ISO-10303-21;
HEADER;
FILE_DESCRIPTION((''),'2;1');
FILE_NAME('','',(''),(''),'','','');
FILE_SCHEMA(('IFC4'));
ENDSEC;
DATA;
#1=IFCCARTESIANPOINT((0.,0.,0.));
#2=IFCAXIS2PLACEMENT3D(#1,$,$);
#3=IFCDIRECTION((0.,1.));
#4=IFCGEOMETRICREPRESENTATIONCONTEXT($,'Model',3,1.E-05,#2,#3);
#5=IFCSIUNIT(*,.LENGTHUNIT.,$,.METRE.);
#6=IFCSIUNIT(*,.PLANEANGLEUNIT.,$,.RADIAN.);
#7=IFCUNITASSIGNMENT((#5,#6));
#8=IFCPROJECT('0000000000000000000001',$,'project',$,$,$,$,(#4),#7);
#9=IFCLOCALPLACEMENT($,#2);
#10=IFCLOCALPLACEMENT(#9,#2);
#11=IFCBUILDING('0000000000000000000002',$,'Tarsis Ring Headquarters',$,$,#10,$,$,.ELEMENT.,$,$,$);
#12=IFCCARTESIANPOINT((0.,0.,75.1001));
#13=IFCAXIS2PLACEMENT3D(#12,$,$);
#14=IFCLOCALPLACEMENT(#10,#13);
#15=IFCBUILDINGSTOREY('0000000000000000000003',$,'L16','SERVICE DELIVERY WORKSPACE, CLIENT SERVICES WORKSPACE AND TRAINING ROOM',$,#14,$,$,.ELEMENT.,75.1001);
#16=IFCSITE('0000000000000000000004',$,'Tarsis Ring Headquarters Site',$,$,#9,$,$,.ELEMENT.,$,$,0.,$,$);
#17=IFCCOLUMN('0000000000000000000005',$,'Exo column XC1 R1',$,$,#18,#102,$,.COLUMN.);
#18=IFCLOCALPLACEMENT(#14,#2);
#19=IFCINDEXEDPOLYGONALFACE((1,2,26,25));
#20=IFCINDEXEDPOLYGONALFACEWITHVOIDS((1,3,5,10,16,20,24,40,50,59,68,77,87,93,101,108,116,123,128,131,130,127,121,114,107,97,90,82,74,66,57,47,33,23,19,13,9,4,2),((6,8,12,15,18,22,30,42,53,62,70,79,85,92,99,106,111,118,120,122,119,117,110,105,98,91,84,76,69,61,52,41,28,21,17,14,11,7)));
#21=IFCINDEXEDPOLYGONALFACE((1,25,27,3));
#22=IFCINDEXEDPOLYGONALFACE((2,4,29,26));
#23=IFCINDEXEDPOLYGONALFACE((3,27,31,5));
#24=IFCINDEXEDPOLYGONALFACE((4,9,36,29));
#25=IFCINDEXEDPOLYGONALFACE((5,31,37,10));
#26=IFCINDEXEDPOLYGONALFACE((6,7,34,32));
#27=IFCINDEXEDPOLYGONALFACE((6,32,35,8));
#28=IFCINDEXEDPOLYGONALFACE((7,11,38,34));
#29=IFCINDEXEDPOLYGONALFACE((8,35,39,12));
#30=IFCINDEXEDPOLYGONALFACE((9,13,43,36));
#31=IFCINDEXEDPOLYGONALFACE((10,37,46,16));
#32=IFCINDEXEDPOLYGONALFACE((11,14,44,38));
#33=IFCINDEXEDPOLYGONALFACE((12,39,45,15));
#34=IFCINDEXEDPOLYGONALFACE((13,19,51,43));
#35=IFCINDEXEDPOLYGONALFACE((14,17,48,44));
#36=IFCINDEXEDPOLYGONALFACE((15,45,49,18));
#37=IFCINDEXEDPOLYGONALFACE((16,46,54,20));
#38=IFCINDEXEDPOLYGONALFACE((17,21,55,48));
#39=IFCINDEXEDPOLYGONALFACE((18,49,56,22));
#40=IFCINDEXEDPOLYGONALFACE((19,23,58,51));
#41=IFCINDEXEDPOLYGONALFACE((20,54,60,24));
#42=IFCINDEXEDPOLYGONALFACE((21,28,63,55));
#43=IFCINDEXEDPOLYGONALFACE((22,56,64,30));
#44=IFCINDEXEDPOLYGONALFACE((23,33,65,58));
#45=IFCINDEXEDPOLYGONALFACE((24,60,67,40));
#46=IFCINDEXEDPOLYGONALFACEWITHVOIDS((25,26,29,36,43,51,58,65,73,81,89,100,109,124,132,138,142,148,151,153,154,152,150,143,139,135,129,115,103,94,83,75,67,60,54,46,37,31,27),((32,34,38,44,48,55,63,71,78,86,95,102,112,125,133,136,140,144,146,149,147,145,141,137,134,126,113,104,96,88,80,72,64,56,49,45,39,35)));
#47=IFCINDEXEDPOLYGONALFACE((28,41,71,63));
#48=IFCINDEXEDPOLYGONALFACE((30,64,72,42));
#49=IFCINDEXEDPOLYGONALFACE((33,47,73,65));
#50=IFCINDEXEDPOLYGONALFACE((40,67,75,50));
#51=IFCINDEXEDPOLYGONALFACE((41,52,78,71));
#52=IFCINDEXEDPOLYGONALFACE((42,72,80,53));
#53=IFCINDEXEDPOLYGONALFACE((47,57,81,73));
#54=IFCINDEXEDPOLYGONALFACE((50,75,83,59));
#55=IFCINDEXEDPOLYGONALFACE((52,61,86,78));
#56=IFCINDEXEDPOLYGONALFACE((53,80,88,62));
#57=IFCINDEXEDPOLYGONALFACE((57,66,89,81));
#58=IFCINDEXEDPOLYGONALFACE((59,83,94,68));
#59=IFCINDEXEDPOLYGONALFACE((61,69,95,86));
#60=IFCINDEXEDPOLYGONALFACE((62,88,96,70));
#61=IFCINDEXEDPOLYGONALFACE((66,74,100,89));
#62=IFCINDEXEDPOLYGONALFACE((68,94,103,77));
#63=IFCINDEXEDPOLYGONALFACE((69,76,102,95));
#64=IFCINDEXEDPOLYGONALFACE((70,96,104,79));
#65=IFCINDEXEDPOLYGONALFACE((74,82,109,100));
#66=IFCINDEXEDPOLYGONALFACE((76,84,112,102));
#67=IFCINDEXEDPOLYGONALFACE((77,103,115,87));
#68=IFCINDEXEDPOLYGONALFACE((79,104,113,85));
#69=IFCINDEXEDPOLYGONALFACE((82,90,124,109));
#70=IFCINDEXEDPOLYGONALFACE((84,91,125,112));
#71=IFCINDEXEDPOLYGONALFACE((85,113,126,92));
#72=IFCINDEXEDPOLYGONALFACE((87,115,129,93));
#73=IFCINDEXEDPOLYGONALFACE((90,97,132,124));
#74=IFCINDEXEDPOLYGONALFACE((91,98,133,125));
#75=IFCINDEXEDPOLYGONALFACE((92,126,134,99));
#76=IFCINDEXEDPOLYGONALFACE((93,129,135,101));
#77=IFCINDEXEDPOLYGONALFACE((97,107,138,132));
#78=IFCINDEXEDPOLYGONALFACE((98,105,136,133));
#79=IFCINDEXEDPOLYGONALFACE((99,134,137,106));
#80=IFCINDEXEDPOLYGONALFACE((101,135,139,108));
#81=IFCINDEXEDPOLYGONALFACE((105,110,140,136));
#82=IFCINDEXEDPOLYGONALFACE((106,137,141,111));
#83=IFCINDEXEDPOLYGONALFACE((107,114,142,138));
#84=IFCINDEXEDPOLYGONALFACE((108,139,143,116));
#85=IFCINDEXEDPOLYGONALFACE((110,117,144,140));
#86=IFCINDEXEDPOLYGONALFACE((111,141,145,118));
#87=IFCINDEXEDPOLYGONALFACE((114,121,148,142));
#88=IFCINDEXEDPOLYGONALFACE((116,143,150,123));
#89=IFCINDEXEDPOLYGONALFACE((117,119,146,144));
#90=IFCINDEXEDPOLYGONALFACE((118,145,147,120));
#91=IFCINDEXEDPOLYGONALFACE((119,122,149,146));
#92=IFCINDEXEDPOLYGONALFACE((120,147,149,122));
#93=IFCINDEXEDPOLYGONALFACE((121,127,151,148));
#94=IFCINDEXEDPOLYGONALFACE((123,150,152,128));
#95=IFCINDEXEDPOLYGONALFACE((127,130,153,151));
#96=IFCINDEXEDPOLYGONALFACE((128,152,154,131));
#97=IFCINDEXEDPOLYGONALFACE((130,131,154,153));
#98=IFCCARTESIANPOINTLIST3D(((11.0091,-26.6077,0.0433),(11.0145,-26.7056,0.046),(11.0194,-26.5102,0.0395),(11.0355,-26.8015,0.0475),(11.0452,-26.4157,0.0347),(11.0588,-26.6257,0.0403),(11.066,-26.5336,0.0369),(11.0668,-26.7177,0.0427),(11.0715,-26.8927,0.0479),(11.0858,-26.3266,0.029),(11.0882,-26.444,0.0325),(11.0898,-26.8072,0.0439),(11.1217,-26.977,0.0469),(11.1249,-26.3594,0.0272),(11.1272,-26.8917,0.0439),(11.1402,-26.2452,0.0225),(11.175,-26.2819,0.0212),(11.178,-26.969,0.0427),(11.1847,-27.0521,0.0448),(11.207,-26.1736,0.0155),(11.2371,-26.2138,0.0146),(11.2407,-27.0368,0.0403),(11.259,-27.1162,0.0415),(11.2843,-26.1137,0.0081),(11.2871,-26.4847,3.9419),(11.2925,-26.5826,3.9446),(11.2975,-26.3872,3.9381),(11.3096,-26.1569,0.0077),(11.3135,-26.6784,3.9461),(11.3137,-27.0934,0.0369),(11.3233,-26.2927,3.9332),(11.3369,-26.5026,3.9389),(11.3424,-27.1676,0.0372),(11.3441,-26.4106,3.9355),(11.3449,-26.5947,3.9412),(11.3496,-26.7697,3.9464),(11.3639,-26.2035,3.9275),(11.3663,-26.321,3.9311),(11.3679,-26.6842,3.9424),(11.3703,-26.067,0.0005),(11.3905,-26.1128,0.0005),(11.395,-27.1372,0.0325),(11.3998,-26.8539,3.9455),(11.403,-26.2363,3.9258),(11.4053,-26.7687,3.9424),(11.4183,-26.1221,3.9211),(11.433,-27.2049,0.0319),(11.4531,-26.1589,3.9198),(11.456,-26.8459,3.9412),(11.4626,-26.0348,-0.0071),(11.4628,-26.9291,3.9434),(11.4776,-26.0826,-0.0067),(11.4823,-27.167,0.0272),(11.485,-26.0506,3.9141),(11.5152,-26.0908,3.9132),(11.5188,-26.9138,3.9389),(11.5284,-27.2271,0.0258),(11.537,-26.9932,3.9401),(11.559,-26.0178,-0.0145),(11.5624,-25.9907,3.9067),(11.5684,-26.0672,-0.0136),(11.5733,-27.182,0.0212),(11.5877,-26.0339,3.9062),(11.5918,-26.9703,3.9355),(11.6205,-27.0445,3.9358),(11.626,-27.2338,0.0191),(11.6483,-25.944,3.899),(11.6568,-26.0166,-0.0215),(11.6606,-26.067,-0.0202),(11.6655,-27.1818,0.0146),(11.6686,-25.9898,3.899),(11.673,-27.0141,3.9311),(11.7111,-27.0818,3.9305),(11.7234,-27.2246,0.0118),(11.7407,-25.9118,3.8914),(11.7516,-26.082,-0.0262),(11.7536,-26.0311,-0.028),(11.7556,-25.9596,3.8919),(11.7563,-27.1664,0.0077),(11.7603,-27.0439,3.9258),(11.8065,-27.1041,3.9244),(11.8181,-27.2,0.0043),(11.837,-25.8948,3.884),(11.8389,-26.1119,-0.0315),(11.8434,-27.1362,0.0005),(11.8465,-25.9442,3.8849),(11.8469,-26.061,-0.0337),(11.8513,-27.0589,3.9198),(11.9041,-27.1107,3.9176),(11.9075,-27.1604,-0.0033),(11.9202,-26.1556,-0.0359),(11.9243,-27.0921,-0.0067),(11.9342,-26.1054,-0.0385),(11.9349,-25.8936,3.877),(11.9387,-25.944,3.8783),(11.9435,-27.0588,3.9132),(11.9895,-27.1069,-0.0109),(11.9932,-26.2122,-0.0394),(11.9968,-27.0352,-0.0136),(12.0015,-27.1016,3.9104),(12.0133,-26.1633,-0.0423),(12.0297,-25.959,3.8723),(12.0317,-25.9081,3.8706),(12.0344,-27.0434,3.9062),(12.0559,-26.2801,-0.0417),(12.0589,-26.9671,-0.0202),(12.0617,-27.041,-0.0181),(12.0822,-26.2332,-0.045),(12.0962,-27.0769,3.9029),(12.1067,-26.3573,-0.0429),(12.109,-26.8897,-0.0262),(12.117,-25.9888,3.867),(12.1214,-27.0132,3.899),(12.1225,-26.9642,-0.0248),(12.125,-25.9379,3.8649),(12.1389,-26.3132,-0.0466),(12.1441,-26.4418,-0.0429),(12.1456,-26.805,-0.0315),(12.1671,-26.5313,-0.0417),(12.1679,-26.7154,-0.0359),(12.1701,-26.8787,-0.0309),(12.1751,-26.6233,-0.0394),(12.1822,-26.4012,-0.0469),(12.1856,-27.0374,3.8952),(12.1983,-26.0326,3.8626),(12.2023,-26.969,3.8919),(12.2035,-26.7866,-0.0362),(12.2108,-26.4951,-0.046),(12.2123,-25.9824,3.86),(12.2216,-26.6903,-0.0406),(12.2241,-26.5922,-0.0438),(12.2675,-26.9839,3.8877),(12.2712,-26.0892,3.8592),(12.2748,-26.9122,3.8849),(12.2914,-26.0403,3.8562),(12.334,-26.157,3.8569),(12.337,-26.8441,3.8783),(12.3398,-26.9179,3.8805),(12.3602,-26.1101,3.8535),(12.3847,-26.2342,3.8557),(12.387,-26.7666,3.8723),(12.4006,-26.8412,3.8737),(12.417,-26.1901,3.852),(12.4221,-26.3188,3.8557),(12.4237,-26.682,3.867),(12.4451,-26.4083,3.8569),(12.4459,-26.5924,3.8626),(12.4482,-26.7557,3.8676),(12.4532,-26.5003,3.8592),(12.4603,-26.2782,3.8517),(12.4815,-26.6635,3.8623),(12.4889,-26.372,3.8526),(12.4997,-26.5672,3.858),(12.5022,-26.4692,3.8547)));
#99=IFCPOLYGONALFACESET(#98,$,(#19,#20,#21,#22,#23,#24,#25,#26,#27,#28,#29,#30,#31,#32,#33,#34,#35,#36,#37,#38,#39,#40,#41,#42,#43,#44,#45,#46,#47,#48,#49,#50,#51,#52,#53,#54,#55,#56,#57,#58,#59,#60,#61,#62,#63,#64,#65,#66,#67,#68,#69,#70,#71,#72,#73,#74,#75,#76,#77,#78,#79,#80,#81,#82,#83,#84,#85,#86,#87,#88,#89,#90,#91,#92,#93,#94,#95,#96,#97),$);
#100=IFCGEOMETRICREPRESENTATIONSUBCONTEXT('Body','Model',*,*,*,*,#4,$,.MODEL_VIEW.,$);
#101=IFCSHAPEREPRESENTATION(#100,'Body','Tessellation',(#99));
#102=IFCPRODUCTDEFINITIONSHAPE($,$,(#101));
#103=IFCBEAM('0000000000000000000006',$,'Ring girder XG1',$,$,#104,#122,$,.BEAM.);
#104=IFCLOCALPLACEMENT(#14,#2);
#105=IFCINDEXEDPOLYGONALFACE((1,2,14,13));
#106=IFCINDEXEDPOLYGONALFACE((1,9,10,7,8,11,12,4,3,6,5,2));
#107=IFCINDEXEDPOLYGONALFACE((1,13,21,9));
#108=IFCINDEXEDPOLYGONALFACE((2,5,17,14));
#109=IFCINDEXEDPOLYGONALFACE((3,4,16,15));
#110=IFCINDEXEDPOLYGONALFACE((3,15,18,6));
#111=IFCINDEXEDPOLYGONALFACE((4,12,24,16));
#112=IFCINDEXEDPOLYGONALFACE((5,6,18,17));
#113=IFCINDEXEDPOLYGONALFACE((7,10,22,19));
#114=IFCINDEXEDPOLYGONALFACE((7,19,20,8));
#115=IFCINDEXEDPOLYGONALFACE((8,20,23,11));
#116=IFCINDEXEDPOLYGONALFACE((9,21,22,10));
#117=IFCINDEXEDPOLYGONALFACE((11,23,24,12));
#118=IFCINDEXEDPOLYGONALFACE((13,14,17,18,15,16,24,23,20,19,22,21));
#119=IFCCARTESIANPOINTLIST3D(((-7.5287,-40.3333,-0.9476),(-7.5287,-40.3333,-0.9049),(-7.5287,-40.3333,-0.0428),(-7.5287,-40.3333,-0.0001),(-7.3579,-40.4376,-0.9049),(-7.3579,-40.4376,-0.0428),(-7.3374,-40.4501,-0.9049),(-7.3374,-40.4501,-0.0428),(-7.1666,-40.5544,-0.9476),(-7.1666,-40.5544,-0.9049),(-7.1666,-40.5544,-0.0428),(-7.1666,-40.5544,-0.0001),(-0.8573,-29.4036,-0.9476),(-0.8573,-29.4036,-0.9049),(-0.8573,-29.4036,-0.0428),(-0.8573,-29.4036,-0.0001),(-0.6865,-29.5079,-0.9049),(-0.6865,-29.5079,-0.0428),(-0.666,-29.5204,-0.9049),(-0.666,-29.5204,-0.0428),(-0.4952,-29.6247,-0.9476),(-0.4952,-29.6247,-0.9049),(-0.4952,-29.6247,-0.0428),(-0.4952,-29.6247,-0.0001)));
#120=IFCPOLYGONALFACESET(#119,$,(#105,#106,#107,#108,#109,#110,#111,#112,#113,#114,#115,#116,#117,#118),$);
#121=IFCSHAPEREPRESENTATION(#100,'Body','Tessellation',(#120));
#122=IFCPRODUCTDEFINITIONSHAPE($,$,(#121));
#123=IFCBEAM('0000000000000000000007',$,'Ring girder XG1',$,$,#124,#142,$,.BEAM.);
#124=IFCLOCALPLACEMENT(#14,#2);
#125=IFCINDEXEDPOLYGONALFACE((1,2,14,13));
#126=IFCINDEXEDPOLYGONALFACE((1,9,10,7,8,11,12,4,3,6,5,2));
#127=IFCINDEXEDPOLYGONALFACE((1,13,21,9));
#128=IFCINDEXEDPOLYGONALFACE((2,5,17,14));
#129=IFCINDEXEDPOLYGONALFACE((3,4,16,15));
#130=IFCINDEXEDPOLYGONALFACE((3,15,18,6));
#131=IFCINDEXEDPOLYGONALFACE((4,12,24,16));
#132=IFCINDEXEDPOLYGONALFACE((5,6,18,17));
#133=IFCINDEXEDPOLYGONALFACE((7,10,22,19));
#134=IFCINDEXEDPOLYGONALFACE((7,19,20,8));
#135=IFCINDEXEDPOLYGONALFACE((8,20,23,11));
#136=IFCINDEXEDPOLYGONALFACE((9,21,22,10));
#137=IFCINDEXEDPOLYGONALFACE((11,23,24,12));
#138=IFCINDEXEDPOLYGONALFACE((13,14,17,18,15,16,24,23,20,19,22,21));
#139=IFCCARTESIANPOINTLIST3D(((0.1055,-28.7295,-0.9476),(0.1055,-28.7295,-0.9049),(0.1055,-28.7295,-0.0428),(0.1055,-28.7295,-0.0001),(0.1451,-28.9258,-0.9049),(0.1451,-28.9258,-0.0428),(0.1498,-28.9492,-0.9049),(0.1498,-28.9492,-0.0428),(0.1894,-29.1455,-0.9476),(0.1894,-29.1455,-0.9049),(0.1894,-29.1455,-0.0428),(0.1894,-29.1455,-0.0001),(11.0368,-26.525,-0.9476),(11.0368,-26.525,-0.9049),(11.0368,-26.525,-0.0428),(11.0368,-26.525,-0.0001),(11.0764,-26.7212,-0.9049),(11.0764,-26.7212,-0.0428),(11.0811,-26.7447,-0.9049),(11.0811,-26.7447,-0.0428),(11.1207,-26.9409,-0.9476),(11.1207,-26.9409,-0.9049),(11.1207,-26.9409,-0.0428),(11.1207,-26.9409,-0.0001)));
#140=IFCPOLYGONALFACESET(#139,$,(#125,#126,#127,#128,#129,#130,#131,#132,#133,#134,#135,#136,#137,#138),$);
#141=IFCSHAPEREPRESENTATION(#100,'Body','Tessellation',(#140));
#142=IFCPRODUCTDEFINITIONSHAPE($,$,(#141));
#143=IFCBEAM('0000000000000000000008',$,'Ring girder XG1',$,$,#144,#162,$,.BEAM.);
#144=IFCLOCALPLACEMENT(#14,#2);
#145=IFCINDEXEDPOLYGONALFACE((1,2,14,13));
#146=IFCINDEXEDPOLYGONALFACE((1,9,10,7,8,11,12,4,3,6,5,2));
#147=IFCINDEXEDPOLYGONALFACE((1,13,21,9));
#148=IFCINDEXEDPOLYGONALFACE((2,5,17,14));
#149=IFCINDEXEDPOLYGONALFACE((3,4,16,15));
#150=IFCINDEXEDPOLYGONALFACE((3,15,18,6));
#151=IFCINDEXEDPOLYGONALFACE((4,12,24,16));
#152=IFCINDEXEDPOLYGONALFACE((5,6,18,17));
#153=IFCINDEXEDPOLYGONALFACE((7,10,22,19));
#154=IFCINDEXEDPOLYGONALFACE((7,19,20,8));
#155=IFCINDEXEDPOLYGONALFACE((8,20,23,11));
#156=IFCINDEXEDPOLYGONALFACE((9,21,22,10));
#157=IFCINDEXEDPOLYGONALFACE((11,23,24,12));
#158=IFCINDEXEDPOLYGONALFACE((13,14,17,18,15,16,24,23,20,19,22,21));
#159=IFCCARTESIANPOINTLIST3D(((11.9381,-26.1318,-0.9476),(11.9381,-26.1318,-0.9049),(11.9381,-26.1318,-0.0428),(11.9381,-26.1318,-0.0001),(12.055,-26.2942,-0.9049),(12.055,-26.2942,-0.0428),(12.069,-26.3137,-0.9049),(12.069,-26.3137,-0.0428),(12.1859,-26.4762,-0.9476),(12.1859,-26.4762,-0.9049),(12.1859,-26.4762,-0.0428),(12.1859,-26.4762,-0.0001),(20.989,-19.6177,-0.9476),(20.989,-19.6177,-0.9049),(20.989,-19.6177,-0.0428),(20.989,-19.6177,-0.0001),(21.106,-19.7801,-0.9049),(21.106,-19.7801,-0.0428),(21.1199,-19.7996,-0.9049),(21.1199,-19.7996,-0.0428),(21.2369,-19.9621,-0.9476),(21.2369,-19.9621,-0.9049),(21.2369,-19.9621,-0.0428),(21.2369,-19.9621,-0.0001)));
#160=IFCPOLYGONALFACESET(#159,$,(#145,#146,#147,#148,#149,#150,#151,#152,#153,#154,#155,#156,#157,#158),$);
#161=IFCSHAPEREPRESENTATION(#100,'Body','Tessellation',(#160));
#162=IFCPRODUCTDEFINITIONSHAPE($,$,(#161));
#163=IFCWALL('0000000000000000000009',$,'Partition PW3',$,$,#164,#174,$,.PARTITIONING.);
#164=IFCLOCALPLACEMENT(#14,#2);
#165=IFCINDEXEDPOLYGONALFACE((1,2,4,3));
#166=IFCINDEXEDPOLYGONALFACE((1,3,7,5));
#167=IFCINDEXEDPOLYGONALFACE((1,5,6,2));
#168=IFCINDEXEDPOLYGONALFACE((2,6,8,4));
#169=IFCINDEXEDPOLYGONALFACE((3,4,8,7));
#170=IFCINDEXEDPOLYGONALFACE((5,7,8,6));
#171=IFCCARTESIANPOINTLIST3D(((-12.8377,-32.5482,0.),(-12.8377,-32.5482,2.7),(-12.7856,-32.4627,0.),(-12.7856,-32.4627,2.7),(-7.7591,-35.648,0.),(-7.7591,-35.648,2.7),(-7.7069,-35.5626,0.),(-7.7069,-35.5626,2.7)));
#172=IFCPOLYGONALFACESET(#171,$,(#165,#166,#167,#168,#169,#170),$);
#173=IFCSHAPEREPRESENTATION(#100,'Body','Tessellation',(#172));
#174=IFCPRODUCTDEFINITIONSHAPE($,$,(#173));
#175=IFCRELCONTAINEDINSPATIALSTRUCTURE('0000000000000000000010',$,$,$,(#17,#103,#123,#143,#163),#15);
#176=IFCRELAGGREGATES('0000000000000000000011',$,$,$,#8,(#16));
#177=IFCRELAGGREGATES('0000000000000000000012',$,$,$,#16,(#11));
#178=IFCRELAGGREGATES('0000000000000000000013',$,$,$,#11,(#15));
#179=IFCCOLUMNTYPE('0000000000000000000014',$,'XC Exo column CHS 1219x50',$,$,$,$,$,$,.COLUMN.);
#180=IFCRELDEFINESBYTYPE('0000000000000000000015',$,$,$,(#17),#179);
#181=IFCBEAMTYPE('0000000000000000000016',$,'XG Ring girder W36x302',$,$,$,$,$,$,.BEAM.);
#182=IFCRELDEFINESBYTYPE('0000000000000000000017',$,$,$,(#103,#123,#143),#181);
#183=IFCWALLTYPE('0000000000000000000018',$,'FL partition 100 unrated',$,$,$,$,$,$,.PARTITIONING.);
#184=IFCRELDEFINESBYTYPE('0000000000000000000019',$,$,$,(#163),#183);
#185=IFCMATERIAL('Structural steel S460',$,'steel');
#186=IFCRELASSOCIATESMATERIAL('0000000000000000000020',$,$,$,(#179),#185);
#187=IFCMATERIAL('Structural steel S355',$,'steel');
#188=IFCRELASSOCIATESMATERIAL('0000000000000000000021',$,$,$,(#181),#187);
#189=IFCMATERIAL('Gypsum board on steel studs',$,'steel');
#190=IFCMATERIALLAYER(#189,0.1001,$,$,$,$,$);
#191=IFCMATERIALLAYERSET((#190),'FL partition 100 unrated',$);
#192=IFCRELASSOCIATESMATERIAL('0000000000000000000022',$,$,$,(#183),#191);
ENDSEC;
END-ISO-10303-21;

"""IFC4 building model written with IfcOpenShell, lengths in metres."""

from ifc_helpers import new_model, si_unit, direction, frame, frame_2d, origin, origin_2d, place, context, subcontext, project, spatial, rectangle, hollow_circle, i_section, extrude, material, layer, layer_set, material_profile, profile_set, type_object, element, save


model = new_model("IFC4")

# Units and contexts
model_context = context("Model", 3, precision=1e-05, world=origin(), true_north=direction((0.0, 1.0)))
body_context = subcontext(model_context, "Body", "Model", "MODEL_VIEW")
ifc_project = project(units=[si_unit("LENGTHUNIT", "METRE"), si_unit("PLANEANGLEUNIT", "RADIAN")], contexts=[model_context])

# Site, building, storey
site_placement = place(None, origin())
site = spatial("IfcSite", under=ifc_project, at=site_placement, Name="Tarsis Ring Headquarters Site", CompositionType="ELEMENT", RefElevation=0.0)
building_placement = place(site_placement, origin())
building = spatial("IfcBuilding", under=site, at=building_placement, Name="Tarsis Ring Headquarters", CompositionType="ELEMENT")
storey_placement = place(building_placement, frame((0.0, 0.0, 75.1001)))
storey = spatial("IfcBuildingStorey", under=building, at=storey_placement, Name="L16", Description="SERVICE DELIVERY WORKSPACE, CLIENT SERVICES WORKSPACE AND TRAINING ROOM", CompositionType="ELEMENT", Elevation=75.1001)

# Column
ifc_material_1 = material(Name="Structural steel S460", Category="steel")
ifc_material_profile_1 = material_profile(ifc_material_1, hollow_circle(Radius=0.6096, WallThickness=0.05, at=origin_2d()), Name="CHS 1219x50")
ifc_profile_set_1 = profile_set([ifc_material_profile_1], Name="Structural steel S460")
column_type = type_object("IfcColumnType", Name="XC Exo column CHS 1219x50", PredefinedType="COLUMN", material=ifc_profile_set_1)
column_1_placement = place(storey_placement, frame((11.6169, -26.6245, 0.0005), z_axis=(0.07111, 0.031466, 0.996972), x_axis=(-0.404648, 0.914472, 0.0)))
element("IfcColumn", 1, at=column_1_placement, inside=storey, type_object=column_type, Name="Exo column XC1 R1", PredefinedType="COLUMN", context=body_context, shape_type="SweptSolid", body=[
    extrude(hollow_circle(Radius=0.6096, WallThickness=0.05, at=origin_2d()), origin(), (0.0, 0.0, 1.0), 3.9104),
])

# Beams
ifc_material_2 = material(Name="Structural steel S355", Category="steel")
ifc_material_profile_2 = material_profile(ifc_material_2, i_section(OverallWidth=0.4243, OverallDepth=0.9475, WebThickness=0.0239, FlangeThickness=0.0427, at=origin_2d()), Name="W36x302")
ifc_profile_set_2 = profile_set([ifc_material_profile_2], Name="Structural steel S355")
beam_type = type_object("IfcBeamType", Name="XG Ring girder W36x302", PredefinedType="BEAM", material=ifc_profile_set_2)
beam_placement = place(storey_placement, frame((-7.3477, -40.4438, -0.4739), z_axis=(0.521003, 0.853555, 0.0), x_axis=(-0.853555, 0.521003, 0.0)))
element("IfcBeam", 2, at=beam_placement, inside=storey, type_object=beam_type, Name="Ring girder XG1", PredefinedType="BEAM", context=body_context, shape_type="SweptSolid", body=[
    extrude(i_section(OverallWidth=0.4243, OverallDepth=0.9475, WebThickness=0.0239, FlangeThickness=0.0427, at=origin_2d()), origin(), (0.0, 0.0, 1.0), 12.8049),
])
for number, where, z_axis, x_axis, name in (
    (3, (0.1475, -28.9375, -0.4739), (0.980264, 0.197695, 0.0), (-0.197695, 0.980264, 0.0), "Ring girder XG1"),
    (4, (12.062, -26.304, -0.4739), (0.811644, 0.584152, 0.0), (-0.584152, 0.811644, 0.0), "Ring girder XG1"),
):
    element("IfcBeam", number, at=place(storey_placement, frame(where, z_axis=z_axis, x_axis=x_axis)), inside=storey, type_object=beam_type, Name=name, PredefinedType="BEAM", context=body_context, shape_type="SweptSolid", body=[
        extrude(i_section(OverallWidth=0.4243, OverallDepth=0.9475, WebThickness=0.0239, FlangeThickness=0.0427, at=origin_2d()), origin(), (0.0, 0.0, 1.0), 11.1514),
    ])

# Wall
ifc_material_3 = material(Name="Gypsum board on steel studs", Category="steel")
ifc_layer_1 = layer(ifc_material_3, 0.1001)
ifc_layer_set_1 = layer_set([ifc_layer_1], Name="FL partition 100 unrated")
wall_type_1 = type_object("IfcWallType", Name="FL partition 100 unrated", PredefinedType="PARTITIONING", material=ifc_layer_set_1)
wall_1_placement = place(storey_placement, frame((-12.8118, -32.5054, 0.0), z_axis=(0.0, 0.0, 1.0), x_axis=(0.853562, -0.520992, 0.0)))
element("IfcWall", 5, at=wall_1_placement, inside=storey, type_object=wall_type_1, Name="Partition PW3", PredefinedType="PARTITIONING", context=body_context, shape_type="SweptSolid", body=[
    extrude(rectangle(XDim=5.95, YDim=0.1001, at=frame_2d((2.9751, 0.0))), origin(), (0.0, 0.0, 1.0), 2.7),
])

save(model, "model.ifc")
